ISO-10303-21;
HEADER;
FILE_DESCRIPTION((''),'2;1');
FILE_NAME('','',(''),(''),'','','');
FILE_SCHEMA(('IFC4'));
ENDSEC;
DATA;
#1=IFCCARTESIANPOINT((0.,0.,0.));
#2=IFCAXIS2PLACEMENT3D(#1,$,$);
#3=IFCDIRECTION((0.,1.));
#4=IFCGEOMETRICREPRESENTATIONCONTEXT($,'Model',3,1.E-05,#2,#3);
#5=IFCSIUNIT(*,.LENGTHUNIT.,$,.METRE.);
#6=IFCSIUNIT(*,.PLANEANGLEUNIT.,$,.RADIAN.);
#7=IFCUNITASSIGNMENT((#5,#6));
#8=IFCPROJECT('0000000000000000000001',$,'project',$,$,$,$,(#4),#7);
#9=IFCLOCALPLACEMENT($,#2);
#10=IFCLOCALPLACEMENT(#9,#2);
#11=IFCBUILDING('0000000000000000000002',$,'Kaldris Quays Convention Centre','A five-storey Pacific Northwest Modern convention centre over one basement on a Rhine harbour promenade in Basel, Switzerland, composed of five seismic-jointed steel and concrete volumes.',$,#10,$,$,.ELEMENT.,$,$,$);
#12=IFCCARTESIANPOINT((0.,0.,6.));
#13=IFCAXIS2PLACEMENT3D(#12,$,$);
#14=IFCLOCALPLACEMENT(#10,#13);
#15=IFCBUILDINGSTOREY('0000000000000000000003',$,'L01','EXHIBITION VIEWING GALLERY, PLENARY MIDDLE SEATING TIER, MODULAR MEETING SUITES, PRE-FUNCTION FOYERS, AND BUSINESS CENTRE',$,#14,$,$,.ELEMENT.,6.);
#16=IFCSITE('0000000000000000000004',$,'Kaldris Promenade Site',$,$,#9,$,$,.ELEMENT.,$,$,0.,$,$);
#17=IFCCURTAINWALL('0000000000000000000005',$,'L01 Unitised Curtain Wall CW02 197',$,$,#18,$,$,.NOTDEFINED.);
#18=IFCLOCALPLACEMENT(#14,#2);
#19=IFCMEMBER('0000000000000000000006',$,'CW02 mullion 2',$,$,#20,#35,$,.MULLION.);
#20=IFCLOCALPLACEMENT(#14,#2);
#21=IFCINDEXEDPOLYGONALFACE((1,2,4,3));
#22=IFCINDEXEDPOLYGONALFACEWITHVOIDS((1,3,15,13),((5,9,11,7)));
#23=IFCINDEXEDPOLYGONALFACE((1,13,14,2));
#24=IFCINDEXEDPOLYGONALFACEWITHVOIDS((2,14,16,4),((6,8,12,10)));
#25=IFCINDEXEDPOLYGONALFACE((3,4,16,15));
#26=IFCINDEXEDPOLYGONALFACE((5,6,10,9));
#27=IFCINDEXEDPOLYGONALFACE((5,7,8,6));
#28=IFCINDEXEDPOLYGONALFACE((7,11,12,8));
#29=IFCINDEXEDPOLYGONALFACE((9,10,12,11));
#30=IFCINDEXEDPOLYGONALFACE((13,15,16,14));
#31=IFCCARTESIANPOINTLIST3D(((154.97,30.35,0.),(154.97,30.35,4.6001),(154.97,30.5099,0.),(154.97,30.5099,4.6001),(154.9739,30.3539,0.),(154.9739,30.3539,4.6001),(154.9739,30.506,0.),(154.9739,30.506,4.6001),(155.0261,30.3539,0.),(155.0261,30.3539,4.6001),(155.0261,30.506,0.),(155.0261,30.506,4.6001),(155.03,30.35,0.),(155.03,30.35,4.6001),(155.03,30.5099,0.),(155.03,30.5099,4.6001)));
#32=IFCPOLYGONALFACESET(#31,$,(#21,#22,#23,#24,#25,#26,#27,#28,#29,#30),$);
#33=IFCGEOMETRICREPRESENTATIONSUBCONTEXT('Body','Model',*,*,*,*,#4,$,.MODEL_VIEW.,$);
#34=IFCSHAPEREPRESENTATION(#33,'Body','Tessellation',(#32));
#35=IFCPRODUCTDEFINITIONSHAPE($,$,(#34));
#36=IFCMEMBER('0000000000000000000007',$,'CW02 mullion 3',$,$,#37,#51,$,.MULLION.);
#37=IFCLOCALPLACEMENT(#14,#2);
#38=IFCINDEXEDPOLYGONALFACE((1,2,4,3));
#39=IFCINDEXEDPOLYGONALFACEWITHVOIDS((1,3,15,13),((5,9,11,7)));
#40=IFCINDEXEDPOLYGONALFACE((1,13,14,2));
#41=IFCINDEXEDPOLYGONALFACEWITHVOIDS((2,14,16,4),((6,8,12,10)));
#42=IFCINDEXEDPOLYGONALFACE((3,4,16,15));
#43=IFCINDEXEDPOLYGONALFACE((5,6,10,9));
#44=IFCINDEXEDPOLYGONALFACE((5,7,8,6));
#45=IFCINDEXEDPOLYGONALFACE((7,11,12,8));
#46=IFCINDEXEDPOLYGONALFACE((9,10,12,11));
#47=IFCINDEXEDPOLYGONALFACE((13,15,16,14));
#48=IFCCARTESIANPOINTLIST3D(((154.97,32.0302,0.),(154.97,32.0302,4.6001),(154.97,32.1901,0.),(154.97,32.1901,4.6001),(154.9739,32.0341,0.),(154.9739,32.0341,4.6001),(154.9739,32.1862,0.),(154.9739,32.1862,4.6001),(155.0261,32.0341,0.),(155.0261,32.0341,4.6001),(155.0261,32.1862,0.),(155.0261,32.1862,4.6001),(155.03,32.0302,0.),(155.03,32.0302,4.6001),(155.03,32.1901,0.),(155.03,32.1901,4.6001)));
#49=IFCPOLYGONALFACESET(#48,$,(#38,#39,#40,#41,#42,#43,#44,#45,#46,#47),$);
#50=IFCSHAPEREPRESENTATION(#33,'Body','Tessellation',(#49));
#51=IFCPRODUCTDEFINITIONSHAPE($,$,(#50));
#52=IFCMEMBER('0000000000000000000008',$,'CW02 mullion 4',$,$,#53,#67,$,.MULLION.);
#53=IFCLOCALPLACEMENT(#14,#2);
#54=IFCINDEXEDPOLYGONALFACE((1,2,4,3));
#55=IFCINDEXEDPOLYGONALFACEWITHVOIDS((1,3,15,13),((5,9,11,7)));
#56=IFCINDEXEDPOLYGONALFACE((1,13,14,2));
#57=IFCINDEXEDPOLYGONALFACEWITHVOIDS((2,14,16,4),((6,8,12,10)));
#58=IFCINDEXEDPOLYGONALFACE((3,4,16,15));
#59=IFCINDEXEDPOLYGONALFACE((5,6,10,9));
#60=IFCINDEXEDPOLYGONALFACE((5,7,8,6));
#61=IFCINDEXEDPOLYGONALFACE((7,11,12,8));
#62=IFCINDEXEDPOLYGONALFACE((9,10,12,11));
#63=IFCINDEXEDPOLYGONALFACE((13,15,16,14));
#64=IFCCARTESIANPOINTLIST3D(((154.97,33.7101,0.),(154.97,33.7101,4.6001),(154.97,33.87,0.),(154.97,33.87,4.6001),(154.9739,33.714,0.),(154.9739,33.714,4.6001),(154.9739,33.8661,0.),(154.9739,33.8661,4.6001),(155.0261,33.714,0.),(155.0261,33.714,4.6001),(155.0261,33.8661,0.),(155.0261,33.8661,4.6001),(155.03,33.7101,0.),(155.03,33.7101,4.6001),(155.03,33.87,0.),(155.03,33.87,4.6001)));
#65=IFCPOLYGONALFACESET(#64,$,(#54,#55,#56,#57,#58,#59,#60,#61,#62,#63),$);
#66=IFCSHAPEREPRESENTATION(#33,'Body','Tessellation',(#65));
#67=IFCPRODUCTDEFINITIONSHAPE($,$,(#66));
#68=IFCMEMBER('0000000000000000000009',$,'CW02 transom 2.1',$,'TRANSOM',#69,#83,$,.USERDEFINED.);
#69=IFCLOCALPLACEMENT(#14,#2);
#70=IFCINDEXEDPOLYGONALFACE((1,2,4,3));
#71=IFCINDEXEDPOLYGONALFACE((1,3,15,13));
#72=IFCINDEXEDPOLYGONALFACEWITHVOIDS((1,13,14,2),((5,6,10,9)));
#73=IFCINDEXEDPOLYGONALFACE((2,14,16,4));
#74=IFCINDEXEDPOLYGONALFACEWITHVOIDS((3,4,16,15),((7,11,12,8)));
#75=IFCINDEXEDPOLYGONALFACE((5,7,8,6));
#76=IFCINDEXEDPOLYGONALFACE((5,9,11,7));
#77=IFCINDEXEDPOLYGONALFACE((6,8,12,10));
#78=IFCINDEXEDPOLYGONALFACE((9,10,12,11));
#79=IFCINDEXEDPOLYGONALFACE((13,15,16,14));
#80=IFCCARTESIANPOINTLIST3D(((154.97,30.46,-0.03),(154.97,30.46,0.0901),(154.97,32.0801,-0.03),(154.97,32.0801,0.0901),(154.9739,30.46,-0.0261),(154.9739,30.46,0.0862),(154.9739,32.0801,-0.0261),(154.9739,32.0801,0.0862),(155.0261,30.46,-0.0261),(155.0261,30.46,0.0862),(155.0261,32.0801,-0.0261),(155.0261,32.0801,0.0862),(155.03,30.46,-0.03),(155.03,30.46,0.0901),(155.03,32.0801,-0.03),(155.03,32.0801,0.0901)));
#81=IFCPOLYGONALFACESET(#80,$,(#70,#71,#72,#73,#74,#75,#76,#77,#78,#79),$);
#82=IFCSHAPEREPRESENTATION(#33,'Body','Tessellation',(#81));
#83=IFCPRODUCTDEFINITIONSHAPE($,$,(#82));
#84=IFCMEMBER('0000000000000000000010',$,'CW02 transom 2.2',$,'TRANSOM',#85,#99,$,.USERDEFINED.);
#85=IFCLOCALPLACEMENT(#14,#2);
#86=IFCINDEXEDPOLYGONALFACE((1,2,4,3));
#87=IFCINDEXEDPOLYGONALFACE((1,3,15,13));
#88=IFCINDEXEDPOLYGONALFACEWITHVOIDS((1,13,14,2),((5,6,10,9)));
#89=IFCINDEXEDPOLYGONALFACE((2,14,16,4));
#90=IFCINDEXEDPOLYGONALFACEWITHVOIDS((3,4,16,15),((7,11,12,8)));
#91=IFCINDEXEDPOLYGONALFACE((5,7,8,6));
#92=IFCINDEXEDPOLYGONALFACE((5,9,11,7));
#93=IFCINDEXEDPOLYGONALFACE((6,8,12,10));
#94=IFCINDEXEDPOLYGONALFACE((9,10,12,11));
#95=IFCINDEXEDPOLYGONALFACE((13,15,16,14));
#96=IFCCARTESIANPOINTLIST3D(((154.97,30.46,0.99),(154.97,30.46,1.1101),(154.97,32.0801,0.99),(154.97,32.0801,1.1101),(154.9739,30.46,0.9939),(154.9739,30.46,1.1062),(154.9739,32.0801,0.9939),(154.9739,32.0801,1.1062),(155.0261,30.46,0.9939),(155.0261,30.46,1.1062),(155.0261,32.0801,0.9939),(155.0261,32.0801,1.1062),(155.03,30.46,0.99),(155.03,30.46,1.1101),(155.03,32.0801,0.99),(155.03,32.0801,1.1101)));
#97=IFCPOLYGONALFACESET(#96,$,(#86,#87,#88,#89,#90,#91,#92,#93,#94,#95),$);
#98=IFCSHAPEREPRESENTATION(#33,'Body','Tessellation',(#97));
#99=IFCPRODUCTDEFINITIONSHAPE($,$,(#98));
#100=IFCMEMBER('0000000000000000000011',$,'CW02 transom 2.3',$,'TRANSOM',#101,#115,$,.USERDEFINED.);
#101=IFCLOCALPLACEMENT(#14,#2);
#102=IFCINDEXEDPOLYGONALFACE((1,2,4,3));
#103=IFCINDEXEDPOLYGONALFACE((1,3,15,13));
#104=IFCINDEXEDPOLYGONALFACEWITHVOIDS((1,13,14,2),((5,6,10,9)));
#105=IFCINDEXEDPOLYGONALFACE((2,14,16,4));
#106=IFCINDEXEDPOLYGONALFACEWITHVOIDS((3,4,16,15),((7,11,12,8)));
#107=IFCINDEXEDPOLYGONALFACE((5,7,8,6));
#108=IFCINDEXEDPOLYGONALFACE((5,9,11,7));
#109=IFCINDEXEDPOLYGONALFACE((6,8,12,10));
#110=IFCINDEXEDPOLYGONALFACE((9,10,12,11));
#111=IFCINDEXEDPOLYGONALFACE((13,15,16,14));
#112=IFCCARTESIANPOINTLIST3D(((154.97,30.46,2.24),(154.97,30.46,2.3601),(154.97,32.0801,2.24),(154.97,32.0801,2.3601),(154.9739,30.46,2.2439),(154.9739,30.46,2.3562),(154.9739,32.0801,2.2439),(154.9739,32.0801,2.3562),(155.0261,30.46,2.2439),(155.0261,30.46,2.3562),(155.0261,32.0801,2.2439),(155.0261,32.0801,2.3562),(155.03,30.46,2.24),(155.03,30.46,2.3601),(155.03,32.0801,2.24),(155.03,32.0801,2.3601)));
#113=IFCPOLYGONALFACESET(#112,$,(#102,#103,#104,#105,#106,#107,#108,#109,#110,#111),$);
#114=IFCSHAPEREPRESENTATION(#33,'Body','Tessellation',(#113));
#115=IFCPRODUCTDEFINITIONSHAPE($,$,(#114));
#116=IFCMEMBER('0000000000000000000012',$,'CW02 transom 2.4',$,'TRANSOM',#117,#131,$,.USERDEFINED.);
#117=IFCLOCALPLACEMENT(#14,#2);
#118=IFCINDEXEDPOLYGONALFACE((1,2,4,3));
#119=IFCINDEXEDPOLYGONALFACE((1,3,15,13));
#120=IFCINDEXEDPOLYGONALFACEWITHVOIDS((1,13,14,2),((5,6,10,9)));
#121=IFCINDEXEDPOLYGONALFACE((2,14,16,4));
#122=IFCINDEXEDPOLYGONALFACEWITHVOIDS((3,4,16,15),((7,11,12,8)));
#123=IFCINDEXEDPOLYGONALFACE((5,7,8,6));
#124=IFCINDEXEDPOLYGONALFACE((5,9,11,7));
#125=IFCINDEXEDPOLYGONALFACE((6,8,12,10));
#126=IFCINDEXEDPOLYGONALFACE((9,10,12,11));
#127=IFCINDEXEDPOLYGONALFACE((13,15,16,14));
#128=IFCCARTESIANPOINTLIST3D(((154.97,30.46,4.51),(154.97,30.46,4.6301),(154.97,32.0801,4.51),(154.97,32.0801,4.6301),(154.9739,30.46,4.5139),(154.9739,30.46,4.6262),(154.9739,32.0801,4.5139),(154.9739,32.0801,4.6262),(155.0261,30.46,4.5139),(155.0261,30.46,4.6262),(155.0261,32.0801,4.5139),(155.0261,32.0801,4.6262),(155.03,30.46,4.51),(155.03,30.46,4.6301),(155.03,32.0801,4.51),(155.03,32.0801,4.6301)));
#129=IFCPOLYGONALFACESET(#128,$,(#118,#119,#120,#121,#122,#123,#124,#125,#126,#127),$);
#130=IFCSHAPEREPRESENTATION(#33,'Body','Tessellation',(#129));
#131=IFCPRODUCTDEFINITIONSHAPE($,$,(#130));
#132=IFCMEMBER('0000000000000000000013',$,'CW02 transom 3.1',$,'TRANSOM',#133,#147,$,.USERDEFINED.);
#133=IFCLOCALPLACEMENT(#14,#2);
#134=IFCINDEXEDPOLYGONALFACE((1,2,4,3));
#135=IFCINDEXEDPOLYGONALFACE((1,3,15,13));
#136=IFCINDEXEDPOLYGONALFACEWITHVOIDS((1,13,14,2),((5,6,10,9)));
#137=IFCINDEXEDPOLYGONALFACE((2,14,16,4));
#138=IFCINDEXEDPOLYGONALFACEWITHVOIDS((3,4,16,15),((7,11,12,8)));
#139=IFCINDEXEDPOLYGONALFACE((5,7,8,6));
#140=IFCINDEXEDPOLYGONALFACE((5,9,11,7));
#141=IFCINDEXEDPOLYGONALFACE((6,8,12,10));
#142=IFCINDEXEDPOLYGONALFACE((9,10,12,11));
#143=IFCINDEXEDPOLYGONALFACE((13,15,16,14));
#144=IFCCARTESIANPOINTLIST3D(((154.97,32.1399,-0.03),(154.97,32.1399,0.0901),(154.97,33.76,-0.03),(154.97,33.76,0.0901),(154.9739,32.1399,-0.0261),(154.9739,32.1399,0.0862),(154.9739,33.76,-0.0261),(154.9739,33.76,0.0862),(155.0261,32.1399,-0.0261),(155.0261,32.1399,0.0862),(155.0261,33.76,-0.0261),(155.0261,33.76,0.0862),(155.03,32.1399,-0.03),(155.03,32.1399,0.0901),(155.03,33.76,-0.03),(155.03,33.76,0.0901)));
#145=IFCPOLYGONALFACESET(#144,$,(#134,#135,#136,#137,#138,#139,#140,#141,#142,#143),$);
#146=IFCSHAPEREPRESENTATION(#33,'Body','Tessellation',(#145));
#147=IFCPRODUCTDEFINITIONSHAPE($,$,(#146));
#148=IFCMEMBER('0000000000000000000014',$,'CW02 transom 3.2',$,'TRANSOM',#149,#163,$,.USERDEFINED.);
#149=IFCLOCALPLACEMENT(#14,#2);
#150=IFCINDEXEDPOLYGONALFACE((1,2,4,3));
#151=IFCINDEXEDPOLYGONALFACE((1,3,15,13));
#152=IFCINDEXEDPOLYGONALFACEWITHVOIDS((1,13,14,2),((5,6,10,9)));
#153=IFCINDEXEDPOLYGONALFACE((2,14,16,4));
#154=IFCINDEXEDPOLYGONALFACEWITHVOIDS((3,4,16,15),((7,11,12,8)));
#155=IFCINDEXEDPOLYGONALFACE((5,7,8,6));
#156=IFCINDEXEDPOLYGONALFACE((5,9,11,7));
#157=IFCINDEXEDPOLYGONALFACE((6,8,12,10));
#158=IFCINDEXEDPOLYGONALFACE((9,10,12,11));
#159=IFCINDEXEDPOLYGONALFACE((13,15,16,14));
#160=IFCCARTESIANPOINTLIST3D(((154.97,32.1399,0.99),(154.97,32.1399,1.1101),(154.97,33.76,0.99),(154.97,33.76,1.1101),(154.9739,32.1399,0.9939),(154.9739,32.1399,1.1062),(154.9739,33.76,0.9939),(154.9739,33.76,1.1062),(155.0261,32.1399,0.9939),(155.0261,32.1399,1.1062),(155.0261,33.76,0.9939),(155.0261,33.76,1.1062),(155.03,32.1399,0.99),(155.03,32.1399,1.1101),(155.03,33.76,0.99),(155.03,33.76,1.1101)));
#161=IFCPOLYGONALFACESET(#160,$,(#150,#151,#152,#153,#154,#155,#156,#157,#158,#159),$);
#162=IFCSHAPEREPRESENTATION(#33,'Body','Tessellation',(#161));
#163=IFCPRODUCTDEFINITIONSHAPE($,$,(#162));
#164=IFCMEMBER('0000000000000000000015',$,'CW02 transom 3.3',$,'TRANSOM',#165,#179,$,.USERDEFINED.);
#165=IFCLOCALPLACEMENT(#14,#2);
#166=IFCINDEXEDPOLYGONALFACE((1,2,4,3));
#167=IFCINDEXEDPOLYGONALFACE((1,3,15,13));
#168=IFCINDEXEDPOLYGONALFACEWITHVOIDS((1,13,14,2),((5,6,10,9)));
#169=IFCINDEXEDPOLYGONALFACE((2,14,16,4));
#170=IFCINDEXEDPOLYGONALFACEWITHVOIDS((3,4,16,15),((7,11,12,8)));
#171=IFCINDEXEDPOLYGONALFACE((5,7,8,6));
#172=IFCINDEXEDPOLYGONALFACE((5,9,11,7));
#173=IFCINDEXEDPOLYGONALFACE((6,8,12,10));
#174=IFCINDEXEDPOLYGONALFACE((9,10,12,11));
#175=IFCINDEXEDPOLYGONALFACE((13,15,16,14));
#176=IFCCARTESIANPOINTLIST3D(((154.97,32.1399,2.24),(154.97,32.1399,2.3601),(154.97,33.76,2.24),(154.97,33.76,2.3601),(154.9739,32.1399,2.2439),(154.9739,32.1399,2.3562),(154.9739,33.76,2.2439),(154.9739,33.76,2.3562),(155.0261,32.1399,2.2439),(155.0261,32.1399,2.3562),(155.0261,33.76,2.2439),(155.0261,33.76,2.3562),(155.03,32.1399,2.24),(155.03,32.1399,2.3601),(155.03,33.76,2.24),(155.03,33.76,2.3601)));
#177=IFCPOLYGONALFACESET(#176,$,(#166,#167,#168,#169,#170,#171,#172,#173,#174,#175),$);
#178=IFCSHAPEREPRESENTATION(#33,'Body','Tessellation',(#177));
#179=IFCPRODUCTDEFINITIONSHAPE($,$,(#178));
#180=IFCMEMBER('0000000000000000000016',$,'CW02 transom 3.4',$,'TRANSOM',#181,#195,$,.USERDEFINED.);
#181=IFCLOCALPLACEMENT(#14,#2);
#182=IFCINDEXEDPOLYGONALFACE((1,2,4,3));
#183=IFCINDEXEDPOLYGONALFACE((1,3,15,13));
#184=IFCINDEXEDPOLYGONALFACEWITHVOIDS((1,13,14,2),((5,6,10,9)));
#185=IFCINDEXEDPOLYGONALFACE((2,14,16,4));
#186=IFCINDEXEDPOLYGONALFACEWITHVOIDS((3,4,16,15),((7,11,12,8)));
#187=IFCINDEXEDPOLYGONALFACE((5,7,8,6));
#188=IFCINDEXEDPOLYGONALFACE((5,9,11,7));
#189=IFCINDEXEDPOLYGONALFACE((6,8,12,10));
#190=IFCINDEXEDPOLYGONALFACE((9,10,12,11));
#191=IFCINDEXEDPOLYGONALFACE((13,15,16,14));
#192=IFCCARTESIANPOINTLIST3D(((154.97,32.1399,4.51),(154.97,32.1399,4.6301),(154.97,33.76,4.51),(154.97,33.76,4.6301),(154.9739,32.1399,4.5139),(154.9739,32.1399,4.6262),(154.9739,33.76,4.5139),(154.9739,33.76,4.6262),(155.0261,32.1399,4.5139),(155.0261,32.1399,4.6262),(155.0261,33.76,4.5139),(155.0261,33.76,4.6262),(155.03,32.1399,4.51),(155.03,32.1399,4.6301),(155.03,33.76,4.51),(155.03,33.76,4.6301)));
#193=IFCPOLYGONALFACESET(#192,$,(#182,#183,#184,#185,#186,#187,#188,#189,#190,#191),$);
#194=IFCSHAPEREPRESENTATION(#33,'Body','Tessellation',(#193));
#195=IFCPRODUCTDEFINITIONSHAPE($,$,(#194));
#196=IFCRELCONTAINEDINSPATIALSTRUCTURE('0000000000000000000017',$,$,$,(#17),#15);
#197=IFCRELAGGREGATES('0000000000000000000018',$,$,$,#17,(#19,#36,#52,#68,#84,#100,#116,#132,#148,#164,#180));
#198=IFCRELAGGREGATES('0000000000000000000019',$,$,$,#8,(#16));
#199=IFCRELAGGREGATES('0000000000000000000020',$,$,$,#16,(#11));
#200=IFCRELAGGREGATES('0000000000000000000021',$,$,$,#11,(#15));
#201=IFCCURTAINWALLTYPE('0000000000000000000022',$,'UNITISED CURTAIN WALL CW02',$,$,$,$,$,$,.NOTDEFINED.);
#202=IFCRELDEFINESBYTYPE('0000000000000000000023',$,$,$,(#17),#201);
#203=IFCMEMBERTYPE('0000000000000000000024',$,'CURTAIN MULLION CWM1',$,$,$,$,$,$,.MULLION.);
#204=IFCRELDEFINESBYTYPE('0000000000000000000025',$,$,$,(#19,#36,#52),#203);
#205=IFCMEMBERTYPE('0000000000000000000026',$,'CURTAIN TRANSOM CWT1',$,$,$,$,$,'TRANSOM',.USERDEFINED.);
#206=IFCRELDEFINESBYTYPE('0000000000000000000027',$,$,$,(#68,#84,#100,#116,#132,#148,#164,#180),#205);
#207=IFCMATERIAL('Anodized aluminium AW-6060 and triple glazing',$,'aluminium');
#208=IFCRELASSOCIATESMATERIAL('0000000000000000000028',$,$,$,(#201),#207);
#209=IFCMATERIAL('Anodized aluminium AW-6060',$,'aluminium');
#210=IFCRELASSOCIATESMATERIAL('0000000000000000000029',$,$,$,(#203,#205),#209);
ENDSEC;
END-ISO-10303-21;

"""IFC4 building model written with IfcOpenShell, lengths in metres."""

from ifc_helpers import new_model, si_unit, direction, frame, origin, origin_2d, place, context, subcontext, project, spatial, hollow_rectangle, extrude, material, material_profile, profile_set, type_object, element, aggregate, save


model = new_model("IFC4")

# Units and contexts
model_context = context("Model", 3, precision=1e-05, world=origin(), true_north=direction((0.0, 1.0)))
body_context = subcontext(model_context, "Body", "Model", "MODEL_VIEW")
ifc_project = project(units=[si_unit("LENGTHUNIT", "METRE"), si_unit("PLANEANGLEUNIT", "RADIAN")], contexts=[model_context])

# Site, building, storey
site_placement = place(None, origin())
site = spatial("IfcSite", under=ifc_project, at=site_placement, Name="Kaldris Promenade Site", CompositionType="ELEMENT", RefElevation=0.0)
building_placement = place(site_placement, origin())
building = spatial("IfcBuilding", under=site, at=building_placement, Name="Kaldris Quays Convention Centre", Description="A five-storey Pacific Northwest Modern convention centre over one basement on a Rhine harbour promenade in Basel, Switzerland, composed of five seismic-jointed steel and concrete volumes.", CompositionType="ELEMENT")
storey_placement = place(building_placement, frame((0.0, 0.0, 6.0)))
storey = spatial("IfcBuildingStorey", under=building, at=storey_placement, Name="L01", Description="EXHIBITION VIEWING GALLERY, PLENARY MIDDLE SEATING TIER, MODULAR MEETING SUITES, PRE-FUNCTION FOYERS, AND BUSINESS CENTRE", CompositionType="ELEMENT", Elevation=6.0)

# Curtain wall, members
ifc_material_1 = material(Name="Anodized aluminium AW-6060 and triple glazing", Category="aluminium")
curtain_wall_type = type_object("IfcCurtainWallType", Name="UNITISED CURTAIN WALL CW02", PredefinedType="NOTDEFINED", material=ifc_material_1)
curtain_wall_placement = place(storey_placement, origin())
curtain_wall = element("IfcCurtainWall", 1, at=curtain_wall_placement, inside=storey, type_object=curtain_wall_type, Name="L01 Unitised Curtain Wall CW02 197", PredefinedType="NOTDEFINED")
ifc_material_2 = material(Name="Anodized aluminium AW-6060", Category="aluminium")
ifc_material_profile_1 = material_profile(ifc_material_2, hollow_rectangle(XDim=0.0601, YDim=0.1599, WallThickness=0.0039, at=origin_2d()), Name="RHS 160x60x4")
ifc_profile_set_1 = profile_set([ifc_material_profile_1], Name="Anodized aluminium AW-6060")
member_type_1 = type_object("IfcMemberType", Name="CURTAIN MULLION CWM1", PredefinedType="MULLION", material=ifc_profile_set_1)
member_1_placement = place(storey_placement, frame((155.0, 30.4299, 0.0), z_axis=(0.0, 0.0, 1.0), x_axis=(-1.0, 0.0, 0.0)))
member_1 = element("IfcMember", 2, at=member_1_placement, type_object=member_type_1, Name="CW02 mullion 2", PredefinedType="MULLION", context=body_context, shape_type="SweptSolid", body=[
    extrude(hollow_rectangle(XDim=0.0601, YDim=0.1599, WallThickness=0.0039, at=origin_2d()), origin(), (0.0, 0.0, 1.0), 4.6001),
])
member_2_placement = place(storey_placement, frame((155.0, 32.1101, 0.0), z_axis=(0.0, 0.0, 1.0), x_axis=(-1.0, 0.0, 0.0)))
member_2 = element("IfcMember", 3, at=member_2_placement, type_object=member_type_1, Name="CW02 mullion 3", PredefinedType="MULLION", context=body_context, shape_type="SweptSolid", body=[
    extrude(hollow_rectangle(XDim=0.0601, YDim=0.1599, WallThickness=0.0039, at=origin_2d()), origin(), (0.0, 0.0, 1.0), 4.6001),
])
member_3_placement = place(storey_placement, frame((155.0, 33.79, 0.0), z_axis=(0.0, 0.0, 1.0), x_axis=(-1.0, 0.0, 0.0)))
member_3 = element("IfcMember", 4, at=member_3_placement, type_object=member_type_1, Name="CW02 mullion 4", PredefinedType="MULLION", context=body_context, shape_type="SweptSolid", body=[
    extrude(hollow_rectangle(XDim=0.0601, YDim=0.1599, WallThickness=0.0039, at=origin_2d()), origin(), (0.0, 0.0, 1.0), 4.6001),
])
ifc_material_profile_2 = material_profile(ifc_material_2, hollow_rectangle(XDim=0.0601, YDim=0.1201, WallThickness=0.0039, at=origin_2d()), Name="RHS 120x60x4")
ifc_profile_set_2 = profile_set([ifc_material_profile_2], Name="Anodized aluminium AW-6060")
member_type_2 = type_object("IfcMemberType", Name="CURTAIN TRANSOM CWT1", ElementType="TRANSOM", PredefinedType="USERDEFINED", material=ifc_profile_set_2)
member_4_placement = place(storey_placement, frame((155.0, 30.46, 0.03), z_axis=(0.0, 1.0, 0.0), x_axis=(-1.0, 0.0, 0.0)))
member_4 = element("IfcMember", 5, at=member_4_placement, type_object=member_type_2, Name="CW02 transom 2.1", ObjectType="TRANSOM", PredefinedType="USERDEFINED", context=body_context, shape_type="SweptSolid", body=[
    extrude(hollow_rectangle(XDim=0.0601, YDim=0.1201, WallThickness=0.0039, at=origin_2d()), origin(), (0.0, 0.0, 1.0), 1.6201),
])
member_5_placement = place(storey_placement, frame((155.0, 30.46, 1.05), z_axis=(0.0, 1.0, 0.0), x_axis=(-1.0, 0.0, 0.0)))
member_5 = element("IfcMember", 6, at=member_5_placement, type_object=member_type_2, Name="CW02 transom 2.2", ObjectType="TRANSOM", PredefinedType="USERDEFINED", context=body_context, shape_type="SweptSolid", body=[
    extrude(hollow_rectangle(XDim=0.0601, YDim=0.1201, WallThickness=0.0039, at=origin_2d()), origin(), (0.0, 0.0, 1.0), 1.6201),
])
member_6_placement = place(storey_placement, frame((155.0, 30.46, 2.3), z_axis=(0.0, 1.0, 0.0), x_axis=(-1.0, 0.0, 0.0)))
member_6 = element("IfcMember", 7, at=member_6_placement, type_object=member_type_2, Name="CW02 transom 2.3", ObjectType="TRANSOM", PredefinedType="USERDEFINED", context=body_context, shape_type="SweptSolid", body=[
    extrude(hollow_rectangle(XDim=0.0601, YDim=0.1201, WallThickness=0.0039, at=origin_2d()), origin(), (0.0, 0.0, 1.0), 1.6201),
])
member_7_placement = place(storey_placement, frame((155.0, 30.46, 4.5701), z_axis=(0.0, 1.0, 0.0), x_axis=(-1.0, 0.0, 0.0)))
member_7 = element("IfcMember", 8, at=member_7_placement, type_object=member_type_2, Name="CW02 transom 2.4", ObjectType="TRANSOM", PredefinedType="USERDEFINED", context=body_context, shape_type="SweptSolid", body=[
    extrude(hollow_rectangle(XDim=0.0601, YDim=0.1201, WallThickness=0.0039, at=origin_2d()), origin(), (0.0, 0.0, 1.0), 1.6201),
])
member_8_placement = place(storey_placement, frame((155.0, 32.1399, 0.03), z_axis=(0.0, 1.0, 0.0), x_axis=(-1.0, 0.0, 0.0)))
member_8 = element("IfcMember", 9, at=member_8_placement, type_object=member_type_2, Name="CW02 transom 3.1", ObjectType="TRANSOM", PredefinedType="USERDEFINED", context=body_context, shape_type="SweptSolid", body=[
    extrude(hollow_rectangle(XDim=0.0601, YDim=0.1201, WallThickness=0.0039, at=origin_2d()), origin(), (0.0, 0.0, 1.0), 1.6201),
])
member_9_placement = place(storey_placement, frame((155.0, 32.1399, 1.05), z_axis=(0.0, 1.0, 0.0), x_axis=(-1.0, 0.0, 0.0)))
member_9 = element("IfcMember", 10, at=member_9_placement, type_object=member_type_2, Name="CW02 transom 3.2", ObjectType="TRANSOM", PredefinedType="USERDEFINED", context=body_context, shape_type="SweptSolid", body=[
    extrude(hollow_rectangle(XDim=0.0601, YDim=0.1201, WallThickness=0.0039, at=origin_2d()), origin(), (0.0, 0.0, 1.0), 1.6201),
])
member_10_placement = place(storey_placement, frame((155.0, 32.1399, 2.3), z_axis=(0.0, 1.0, 0.0), x_axis=(-1.0, 0.0, 0.0)))
member_10 = element("IfcMember", 11, at=member_10_placement, type_object=member_type_2, Name="CW02 transom 3.3", ObjectType="TRANSOM", PredefinedType="USERDEFINED", context=body_context, shape_type="SweptSolid", body=[
    extrude(hollow_rectangle(XDim=0.0601, YDim=0.1201, WallThickness=0.0039, at=origin_2d()), origin(), (0.0, 0.0, 1.0), 1.6201),
])
member_11_placement = place(storey_placement, frame((155.0, 32.1399, 4.5701), z_axis=(0.0, 1.0, 0.0), x_axis=(-1.0, 0.0, 0.0)))
member_11 = element("IfcMember", 12, at=member_11_placement, type_object=member_type_2, Name="CW02 transom 3.4", ObjectType="TRANSOM", PredefinedType="USERDEFINED", context=body_context, shape_type="SweptSolid", body=[
    extrude(hollow_rectangle(XDim=0.0601, YDim=0.1201, WallThickness=0.0039, at=origin_2d()), origin(), (0.0, 0.0, 1.0), 1.6201),
])
aggregate(curtain_wall, [member_1, member_2, member_3, member_4, member_5, member_6, member_7, member_8, member_9, member_10, member_11])

save(model, "model.ifc")
